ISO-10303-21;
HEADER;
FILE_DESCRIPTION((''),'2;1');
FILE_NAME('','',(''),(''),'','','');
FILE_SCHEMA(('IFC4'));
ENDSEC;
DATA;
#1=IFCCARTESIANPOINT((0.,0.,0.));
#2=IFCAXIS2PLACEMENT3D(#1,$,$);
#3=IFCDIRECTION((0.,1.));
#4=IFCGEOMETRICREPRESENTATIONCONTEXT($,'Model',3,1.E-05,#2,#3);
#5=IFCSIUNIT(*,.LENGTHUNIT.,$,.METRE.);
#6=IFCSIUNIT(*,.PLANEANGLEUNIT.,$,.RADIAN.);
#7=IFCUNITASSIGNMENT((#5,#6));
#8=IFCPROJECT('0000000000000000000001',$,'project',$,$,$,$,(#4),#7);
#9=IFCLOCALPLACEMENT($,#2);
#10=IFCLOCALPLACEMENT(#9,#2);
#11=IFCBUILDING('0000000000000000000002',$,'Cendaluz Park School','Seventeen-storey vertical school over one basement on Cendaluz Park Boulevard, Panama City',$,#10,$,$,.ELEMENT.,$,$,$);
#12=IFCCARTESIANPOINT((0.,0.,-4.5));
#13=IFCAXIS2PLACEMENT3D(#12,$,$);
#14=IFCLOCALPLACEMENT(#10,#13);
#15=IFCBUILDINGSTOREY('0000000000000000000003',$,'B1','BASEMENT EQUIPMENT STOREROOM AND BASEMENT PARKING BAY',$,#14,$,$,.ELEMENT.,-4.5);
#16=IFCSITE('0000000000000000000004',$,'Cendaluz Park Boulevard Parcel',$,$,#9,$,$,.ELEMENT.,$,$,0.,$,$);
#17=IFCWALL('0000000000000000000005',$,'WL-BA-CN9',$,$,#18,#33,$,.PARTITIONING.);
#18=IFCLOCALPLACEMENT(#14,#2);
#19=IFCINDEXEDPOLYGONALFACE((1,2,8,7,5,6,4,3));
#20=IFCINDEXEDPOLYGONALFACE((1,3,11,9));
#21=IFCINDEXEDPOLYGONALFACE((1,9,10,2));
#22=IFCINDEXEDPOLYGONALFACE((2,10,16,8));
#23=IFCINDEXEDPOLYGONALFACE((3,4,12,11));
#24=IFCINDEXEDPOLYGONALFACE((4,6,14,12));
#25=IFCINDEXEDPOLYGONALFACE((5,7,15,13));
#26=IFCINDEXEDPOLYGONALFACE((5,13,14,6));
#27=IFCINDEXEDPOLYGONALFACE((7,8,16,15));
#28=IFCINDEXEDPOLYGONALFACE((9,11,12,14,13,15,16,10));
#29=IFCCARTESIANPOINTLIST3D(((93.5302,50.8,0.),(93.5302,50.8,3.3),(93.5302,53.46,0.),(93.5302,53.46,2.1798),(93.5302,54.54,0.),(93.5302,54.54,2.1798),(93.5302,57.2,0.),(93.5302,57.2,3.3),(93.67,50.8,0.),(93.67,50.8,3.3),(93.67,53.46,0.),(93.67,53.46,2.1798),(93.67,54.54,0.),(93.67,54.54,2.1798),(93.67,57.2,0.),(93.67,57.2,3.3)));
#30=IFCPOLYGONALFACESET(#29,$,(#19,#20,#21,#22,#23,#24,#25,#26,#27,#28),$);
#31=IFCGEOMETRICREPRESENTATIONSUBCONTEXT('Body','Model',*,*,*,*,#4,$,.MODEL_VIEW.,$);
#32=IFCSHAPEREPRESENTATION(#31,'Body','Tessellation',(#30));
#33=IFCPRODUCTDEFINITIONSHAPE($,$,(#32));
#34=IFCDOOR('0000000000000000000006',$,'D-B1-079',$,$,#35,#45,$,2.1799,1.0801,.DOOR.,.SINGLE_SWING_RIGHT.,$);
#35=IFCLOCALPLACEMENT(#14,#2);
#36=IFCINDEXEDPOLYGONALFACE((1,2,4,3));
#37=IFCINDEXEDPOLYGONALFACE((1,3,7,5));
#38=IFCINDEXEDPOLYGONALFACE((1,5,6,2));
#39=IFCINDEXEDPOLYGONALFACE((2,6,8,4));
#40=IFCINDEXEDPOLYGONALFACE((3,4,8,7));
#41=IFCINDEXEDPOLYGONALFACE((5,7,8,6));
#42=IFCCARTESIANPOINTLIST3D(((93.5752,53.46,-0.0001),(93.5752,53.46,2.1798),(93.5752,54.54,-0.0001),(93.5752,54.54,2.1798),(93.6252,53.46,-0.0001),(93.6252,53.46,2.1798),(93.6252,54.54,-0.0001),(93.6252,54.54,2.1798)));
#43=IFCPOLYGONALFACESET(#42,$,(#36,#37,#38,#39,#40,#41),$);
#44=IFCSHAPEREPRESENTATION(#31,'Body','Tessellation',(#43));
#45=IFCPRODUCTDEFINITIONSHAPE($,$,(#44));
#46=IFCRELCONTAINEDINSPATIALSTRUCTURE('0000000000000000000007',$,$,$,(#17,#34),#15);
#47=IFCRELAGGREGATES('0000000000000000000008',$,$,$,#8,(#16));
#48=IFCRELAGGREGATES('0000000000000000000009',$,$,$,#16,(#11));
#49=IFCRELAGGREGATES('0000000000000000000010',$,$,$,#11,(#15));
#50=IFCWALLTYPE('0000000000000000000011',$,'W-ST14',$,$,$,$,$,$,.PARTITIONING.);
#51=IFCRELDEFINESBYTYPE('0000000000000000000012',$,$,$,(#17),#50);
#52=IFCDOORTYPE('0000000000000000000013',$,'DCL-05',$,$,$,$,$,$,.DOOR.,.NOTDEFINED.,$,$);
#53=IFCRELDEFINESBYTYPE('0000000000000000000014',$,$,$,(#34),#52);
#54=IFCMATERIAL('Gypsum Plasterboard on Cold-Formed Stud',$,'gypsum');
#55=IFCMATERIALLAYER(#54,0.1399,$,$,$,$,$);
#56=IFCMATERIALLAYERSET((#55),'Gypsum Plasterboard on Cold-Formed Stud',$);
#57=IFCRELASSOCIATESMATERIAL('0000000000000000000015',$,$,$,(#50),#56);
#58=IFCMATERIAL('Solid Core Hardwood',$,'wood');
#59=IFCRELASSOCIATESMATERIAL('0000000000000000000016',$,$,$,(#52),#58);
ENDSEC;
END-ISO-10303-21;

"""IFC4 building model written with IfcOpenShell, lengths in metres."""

from ifc_helpers import new_model, si_unit, direction, frame, frame_2d, origin, place, context, subcontext, project, spatial, rectangle, extrude, material, layer, layer_set, type_object, element, fill, save


model = new_model("IFC4")

# Units and contexts
model_context = context("Model", 3, precision=1e-05, world=origin(), true_north=direction((0.0, 1.0)))
body_context = subcontext(model_context, "Body", "Model", "MODEL_VIEW")
ifc_project = project(units=[si_unit("LENGTHUNIT", "METRE"), si_unit("PLANEANGLEUNIT", "RADIAN")], contexts=[model_context])

# Site, building, storey
site_placement = place(None, origin())
site = spatial("IfcSite", under=ifc_project, at=site_placement, Name="Cendaluz Park Boulevard Parcel", CompositionType="ELEMENT", RefElevation=0.0)
building_placement = place(site_placement, origin())
building = spatial("IfcBuilding", under=site, at=building_placement, Name="Cendaluz Park School", Description="Seventeen-storey vertical school over one basement on Cendaluz Park Boulevard, Panama City", CompositionType="ELEMENT")
storey_placement = place(building_placement, frame((0.0, 0.0, -4.5)))
storey = spatial("IfcBuildingStorey", under=building, at=storey_placement, Name="B1", Description="BASEMENT EQUIPMENT STOREROOM AND BASEMENT PARKING BAY", CompositionType="ELEMENT", Elevation=-4.5)

# Shared definitions
ifc_material_1 = material(Name="Gypsum Plasterboard on Cold-Formed Stud", Category="gypsum")
ifc_layer_1 = layer(ifc_material_1, 0.1399)
ifc_layer_set_1 = layer_set([ifc_layer_1], Name="Gypsum Plasterboard on Cold-Formed Stud")
wall_type_1 = type_object("IfcWallType", Name="W-ST14", PredefinedType="PARTITIONING", material=ifc_layer_set_1)

# Wall, opening, door
wall_1_placement = place(storey_placement, frame((93.6001, 50.8, 0.0), z_axis=(0.0, 0.0, 1.0), x_axis=(0.0, 1.0, 0.0)))
wall_1 = element("IfcWall", 1, at=wall_1_placement, inside=storey, type_object=wall_type_1, Name="WL-BA-CN9", PredefinedType="PARTITIONING", context=body_context, shape_type="SweptSolid", body=[
    extrude(rectangle(XDim=6.3999, YDim=0.1399, at=frame_2d((3.2, 0.0))), origin(), (0.0, 0.0, 1.0), 3.3),
])
opening_1_placement = place(wall_1_placement, frame((2.6599, 0.0, 0.0)))
opening_1 = element("IfcOpeningElement", 2, at=opening_1_placement, cuts=wall_1, PredefinedType="OPENING", context=body_context, shape_type="SweptSolid", body=[
    extrude(rectangle(XDim=1.0801, YDim=2.1799, at=frame_2d((0.54, 1.0898))), frame((0.0, 0.082, 0.0), z_axis=(0.0, -1.0, 0.0), x_axis=(1.0, 0.0, 0.0)), (0.0, 0.0, 1.0), 0.1638),
])
ifc_material_2 = material(Name="Solid Core Hardwood", Category="wood")
door_type_1 = type_object("IfcDoorType", Name="DCL-05", OperationType="NOTDEFINED", PredefinedType="DOOR", material=ifc_material_2)
door_1_placement = place(opening_1_placement, origin())
door_1 = element("IfcDoor", 3, at=door_1_placement, inside=storey, type_object=door_type_1, Name="D-B1-079", OperationType="SINGLE_SWING_RIGHT", OverallHeight=2.1799, OverallWidth=1.0801, PredefinedType="DOOR", context=body_context, shape_type="SweptSolid", body=[
    extrude(rectangle(XDim=1.0801, YDim=2.1799, at=frame_2d((0.54, 1.0898))), frame((0.0, 0.0249, 0.0), z_axis=(0.0, -1.0, 0.0), x_axis=(1.0, 0.0, 0.0)), (0.0, 0.0, 1.0), 0.05),
])
fill(opening_1, door_1)

save(model, "model.ifc")
